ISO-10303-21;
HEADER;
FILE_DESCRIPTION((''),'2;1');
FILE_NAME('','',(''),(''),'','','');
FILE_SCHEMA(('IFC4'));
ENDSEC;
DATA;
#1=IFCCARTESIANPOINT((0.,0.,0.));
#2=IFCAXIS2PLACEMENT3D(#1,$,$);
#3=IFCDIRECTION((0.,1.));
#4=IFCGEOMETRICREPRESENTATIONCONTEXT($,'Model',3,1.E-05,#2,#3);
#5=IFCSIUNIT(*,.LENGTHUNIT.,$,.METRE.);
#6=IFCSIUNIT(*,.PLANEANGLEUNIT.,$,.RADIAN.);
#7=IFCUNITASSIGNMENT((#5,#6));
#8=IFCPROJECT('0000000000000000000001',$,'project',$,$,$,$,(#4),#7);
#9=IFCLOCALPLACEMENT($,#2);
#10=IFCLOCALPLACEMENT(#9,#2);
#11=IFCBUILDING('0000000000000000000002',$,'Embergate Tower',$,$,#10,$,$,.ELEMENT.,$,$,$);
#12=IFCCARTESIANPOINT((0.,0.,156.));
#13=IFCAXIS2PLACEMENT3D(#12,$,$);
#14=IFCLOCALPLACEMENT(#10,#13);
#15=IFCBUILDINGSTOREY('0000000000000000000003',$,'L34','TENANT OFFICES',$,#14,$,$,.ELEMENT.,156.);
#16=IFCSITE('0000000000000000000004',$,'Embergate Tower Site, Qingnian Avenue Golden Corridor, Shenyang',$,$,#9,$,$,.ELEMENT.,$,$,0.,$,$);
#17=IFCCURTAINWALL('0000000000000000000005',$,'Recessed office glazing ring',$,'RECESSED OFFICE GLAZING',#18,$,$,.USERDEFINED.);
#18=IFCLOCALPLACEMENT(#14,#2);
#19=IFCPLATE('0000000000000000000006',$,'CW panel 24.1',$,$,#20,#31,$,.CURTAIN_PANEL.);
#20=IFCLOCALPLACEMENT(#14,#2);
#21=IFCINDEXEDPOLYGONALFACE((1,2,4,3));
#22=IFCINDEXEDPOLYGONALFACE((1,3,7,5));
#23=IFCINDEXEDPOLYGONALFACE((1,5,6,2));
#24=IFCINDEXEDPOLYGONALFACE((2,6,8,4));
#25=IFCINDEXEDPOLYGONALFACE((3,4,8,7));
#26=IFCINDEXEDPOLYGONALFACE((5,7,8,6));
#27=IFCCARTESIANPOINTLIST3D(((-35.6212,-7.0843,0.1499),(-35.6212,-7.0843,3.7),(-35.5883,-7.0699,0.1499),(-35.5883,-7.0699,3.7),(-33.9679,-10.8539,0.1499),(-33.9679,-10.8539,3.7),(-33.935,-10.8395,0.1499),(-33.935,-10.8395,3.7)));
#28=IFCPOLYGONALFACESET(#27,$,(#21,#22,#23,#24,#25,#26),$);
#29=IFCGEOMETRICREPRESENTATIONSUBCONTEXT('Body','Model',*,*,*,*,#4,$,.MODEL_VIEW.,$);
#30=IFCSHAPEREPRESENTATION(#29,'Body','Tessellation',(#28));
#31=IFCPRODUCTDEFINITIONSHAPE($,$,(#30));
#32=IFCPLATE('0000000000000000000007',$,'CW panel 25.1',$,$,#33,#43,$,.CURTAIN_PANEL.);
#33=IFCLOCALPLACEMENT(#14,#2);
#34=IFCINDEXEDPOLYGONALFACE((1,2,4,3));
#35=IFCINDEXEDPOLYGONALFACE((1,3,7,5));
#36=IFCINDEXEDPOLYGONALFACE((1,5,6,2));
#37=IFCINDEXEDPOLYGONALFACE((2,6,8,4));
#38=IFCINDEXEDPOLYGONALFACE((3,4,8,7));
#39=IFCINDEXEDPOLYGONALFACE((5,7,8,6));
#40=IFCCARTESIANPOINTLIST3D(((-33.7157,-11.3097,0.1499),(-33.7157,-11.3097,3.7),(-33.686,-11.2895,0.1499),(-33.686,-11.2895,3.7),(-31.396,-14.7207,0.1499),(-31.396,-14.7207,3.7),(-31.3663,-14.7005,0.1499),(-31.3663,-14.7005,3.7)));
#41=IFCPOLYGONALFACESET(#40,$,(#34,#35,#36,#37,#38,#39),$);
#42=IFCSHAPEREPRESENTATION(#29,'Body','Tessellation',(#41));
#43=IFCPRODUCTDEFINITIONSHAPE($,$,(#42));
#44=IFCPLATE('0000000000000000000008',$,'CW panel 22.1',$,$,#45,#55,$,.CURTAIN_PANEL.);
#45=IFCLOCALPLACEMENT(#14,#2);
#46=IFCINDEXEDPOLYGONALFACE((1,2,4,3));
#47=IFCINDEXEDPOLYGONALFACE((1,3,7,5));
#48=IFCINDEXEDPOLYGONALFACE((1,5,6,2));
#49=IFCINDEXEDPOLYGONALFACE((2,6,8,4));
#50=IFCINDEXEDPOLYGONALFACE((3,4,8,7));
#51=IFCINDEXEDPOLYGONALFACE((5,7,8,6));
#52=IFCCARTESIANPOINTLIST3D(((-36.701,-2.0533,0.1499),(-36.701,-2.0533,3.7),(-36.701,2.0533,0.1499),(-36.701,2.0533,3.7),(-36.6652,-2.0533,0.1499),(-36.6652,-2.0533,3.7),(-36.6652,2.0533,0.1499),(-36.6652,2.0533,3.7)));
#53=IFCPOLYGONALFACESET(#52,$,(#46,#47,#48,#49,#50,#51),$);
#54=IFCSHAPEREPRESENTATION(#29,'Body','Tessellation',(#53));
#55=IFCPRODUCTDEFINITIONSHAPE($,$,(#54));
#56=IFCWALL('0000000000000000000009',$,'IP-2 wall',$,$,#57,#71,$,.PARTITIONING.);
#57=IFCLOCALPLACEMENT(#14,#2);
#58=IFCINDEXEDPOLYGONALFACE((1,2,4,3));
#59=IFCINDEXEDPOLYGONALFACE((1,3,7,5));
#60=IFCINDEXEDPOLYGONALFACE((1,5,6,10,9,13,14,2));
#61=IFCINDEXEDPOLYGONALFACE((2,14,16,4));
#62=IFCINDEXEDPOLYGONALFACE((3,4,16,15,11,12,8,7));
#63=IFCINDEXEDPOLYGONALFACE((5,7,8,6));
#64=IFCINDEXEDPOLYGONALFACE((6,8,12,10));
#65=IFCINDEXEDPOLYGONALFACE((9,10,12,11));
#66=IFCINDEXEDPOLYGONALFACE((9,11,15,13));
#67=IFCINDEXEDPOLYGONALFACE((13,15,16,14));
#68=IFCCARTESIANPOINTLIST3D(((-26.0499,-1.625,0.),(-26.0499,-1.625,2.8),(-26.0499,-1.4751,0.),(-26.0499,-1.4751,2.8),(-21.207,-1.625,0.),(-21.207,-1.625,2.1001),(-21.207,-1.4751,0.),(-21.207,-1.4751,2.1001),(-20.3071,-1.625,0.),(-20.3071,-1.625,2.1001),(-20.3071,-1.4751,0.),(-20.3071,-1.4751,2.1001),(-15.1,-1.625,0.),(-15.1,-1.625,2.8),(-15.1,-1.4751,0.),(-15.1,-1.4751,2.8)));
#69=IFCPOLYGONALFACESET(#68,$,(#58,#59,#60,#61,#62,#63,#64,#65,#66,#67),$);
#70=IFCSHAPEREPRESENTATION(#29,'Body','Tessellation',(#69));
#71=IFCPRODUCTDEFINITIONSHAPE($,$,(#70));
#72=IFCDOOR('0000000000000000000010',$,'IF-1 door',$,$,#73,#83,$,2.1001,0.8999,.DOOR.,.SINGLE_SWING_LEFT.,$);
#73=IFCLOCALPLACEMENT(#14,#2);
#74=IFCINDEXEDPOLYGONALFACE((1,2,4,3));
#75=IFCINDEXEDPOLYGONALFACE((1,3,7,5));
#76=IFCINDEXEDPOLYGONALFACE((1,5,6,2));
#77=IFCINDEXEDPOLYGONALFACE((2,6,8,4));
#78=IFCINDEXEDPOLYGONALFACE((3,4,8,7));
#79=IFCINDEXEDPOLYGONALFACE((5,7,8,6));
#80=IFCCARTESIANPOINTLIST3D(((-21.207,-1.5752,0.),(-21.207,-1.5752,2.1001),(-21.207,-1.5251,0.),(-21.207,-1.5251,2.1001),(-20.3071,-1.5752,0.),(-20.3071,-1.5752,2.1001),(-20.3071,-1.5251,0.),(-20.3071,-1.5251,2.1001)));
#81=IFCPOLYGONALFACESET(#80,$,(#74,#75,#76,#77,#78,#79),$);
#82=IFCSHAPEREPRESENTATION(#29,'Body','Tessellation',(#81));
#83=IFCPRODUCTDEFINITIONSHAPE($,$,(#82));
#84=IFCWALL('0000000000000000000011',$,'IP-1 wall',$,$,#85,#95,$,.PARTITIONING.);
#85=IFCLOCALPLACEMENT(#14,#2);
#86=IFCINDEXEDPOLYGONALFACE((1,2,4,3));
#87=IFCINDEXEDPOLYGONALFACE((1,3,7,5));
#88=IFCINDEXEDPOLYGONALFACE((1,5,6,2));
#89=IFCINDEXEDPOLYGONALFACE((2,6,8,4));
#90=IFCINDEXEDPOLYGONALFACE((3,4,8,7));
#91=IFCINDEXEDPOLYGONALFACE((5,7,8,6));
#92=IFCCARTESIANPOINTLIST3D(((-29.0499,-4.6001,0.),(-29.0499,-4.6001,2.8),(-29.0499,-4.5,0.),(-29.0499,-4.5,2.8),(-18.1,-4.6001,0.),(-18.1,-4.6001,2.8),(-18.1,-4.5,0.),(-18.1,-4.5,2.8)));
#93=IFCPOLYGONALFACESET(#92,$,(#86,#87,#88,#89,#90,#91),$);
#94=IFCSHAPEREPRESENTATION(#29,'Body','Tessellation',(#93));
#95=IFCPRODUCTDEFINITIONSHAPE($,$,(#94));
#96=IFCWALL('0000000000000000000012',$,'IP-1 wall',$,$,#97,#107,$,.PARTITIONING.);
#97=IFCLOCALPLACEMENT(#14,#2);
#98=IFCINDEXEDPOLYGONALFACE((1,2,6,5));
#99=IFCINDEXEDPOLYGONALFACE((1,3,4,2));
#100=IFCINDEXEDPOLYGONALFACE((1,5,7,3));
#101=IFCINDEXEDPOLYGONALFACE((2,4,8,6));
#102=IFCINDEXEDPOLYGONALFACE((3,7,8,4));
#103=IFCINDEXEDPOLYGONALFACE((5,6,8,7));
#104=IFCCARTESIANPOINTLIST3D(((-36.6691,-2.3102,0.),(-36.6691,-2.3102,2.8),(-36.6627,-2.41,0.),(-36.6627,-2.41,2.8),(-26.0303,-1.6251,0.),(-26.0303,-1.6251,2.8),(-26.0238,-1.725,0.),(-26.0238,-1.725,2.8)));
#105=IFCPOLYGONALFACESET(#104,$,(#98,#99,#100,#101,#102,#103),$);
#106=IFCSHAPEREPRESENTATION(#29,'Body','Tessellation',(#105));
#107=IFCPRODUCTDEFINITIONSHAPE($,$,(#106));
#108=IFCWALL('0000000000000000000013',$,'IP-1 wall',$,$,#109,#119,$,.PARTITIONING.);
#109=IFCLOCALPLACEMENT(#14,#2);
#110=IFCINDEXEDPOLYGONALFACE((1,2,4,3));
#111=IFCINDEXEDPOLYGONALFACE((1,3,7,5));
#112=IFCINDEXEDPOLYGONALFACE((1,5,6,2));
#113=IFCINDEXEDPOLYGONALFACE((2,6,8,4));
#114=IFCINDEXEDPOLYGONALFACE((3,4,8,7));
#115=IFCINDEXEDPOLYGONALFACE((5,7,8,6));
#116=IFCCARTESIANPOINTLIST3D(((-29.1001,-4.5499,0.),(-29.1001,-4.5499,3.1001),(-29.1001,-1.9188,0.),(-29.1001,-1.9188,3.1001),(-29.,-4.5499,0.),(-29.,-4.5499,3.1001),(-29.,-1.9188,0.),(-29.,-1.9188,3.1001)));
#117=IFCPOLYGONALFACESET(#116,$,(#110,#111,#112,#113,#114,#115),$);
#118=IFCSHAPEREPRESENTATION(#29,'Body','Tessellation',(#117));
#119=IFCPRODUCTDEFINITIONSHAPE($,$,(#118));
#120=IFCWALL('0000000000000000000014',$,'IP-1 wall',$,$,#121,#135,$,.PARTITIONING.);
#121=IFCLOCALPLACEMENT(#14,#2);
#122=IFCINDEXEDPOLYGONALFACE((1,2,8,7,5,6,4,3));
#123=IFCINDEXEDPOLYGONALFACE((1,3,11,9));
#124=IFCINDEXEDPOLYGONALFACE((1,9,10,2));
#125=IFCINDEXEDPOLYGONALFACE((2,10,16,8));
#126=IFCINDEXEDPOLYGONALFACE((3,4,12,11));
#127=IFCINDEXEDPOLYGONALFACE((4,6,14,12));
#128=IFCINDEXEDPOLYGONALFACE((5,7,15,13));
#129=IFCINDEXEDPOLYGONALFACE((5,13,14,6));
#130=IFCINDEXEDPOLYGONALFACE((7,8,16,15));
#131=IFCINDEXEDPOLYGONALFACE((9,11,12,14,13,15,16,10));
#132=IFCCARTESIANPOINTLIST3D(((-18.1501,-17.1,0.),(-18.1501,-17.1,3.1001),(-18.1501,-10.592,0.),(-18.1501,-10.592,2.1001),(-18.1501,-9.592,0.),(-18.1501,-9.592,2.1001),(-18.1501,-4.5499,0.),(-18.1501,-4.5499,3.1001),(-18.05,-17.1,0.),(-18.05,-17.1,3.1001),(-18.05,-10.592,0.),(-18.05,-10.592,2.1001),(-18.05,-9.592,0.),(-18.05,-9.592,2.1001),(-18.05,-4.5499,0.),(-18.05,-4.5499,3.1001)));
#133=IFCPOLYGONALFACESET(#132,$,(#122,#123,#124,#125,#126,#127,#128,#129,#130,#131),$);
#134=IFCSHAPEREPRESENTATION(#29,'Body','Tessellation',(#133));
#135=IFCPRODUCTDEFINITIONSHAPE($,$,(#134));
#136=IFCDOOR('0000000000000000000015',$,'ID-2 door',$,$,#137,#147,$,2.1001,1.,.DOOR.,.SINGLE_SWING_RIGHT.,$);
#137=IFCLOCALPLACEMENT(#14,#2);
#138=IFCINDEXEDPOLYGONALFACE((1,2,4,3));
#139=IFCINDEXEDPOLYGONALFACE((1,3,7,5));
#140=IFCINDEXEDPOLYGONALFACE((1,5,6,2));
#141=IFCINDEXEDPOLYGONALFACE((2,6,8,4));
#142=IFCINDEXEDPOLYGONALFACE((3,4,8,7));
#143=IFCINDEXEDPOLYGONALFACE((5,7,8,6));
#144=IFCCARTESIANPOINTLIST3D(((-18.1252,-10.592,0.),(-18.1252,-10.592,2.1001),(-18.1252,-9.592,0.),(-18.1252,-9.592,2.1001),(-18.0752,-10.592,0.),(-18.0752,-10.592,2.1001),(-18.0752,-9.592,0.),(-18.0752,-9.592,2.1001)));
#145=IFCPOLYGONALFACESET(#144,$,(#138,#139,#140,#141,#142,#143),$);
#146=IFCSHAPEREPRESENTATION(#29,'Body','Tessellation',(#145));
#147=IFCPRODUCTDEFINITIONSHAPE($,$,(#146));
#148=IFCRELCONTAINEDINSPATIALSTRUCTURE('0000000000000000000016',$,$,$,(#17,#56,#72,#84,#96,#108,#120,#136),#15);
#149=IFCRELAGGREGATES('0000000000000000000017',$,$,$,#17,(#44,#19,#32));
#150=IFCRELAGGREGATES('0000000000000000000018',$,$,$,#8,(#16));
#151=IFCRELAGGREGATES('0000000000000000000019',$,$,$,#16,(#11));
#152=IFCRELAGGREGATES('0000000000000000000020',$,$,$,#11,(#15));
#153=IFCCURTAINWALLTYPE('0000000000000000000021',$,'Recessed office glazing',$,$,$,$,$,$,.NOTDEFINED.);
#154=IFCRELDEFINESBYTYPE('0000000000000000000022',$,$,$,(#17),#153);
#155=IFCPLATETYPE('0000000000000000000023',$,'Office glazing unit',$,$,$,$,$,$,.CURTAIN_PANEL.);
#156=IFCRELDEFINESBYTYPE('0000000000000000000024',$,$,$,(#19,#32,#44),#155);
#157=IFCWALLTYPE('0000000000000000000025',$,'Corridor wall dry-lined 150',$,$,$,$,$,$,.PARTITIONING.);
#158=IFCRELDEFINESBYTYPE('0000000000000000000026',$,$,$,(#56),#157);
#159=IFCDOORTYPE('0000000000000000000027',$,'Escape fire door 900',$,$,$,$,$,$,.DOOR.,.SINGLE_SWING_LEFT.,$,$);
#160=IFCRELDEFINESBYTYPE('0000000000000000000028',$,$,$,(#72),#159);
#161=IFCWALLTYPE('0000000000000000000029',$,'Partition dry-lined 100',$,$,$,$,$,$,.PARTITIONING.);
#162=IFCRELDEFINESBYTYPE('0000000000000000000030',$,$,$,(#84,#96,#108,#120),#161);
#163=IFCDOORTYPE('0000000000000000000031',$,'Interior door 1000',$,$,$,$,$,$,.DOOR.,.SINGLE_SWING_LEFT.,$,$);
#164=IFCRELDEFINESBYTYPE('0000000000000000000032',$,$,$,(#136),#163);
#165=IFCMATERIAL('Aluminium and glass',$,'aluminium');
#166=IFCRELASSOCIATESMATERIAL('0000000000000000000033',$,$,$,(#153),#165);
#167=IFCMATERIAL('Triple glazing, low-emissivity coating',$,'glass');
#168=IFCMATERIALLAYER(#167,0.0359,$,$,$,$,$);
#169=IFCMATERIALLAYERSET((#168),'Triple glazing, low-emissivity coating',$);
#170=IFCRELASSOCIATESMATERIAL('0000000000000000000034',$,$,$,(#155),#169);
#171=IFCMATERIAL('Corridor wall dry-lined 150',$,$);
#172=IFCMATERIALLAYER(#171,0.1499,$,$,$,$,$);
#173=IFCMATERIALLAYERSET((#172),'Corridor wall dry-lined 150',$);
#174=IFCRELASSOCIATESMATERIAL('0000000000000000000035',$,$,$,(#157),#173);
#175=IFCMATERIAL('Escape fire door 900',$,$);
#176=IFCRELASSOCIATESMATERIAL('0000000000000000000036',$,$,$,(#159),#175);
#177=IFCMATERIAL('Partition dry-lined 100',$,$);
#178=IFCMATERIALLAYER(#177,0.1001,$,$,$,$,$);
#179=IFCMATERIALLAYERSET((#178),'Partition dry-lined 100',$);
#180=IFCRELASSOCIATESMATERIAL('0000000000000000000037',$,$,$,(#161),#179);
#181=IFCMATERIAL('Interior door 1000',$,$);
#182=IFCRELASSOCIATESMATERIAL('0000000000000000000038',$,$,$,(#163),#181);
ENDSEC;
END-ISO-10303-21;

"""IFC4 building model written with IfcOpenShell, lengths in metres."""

from ifc_helpers import new_model, si_unit, direction, frame, frame_2d, origin, origin_2d, place, context, subcontext, project, spatial, rectangle, extrude, source, transform, mapped, material, layer, layer_set, type_object, element, fill, aggregate, save


model = new_model("IFC4")

# Units and contexts
model_context = context("Model", 3, precision=1e-05, world=origin(), true_north=direction((0.0, 1.0)))
body_context = subcontext(model_context, "Body", "Model", "MODEL_VIEW")
ifc_project = project(units=[si_unit("LENGTHUNIT", "METRE"), si_unit("PLANEANGLEUNIT", "RADIAN")], contexts=[model_context])

# Site, building, storey
site_placement = place(None, origin())
site = spatial("IfcSite", under=ifc_project, at=site_placement, Name="Embergate Tower Site, Qingnian Avenue Golden Corridor, Shenyang", CompositionType="ELEMENT", RefElevation=0.0)
building_placement = place(site_placement, origin())
building = spatial("IfcBuilding", under=site, at=building_placement, Name="Embergate Tower", CompositionType="ELEMENT")
storey_placement = place(building_placement, frame((0.0, 0.0, 156.0)))
storey = spatial("IfcBuildingStorey", under=building, at=storey_placement, Name="L34", Description="TENANT OFFICES", CompositionType="ELEMENT", Elevation=156.0)

# Curtain wall, plates
ifc_material_1 = material(Name="Aluminium and glass", Category="aluminium")
curtain_wall_type = type_object("IfcCurtainWallType", Name="Recessed office glazing", PredefinedType="NOTDEFINED", material=ifc_material_1)
curtain_wall_placement = place(storey_placement, origin())
curtain_wall = element("IfcCurtainWall", 1, at=curtain_wall_placement, inside=storey, type_object=curtain_wall_type, Name="Recessed office glazing ring", ObjectType="RECESSED OFFICE GLAZING", PredefinedType="USERDEFINED")
ifc_material_2 = material(Name="Triple glazing, low-emissivity coating", Category="glass")
ifc_layer_1 = layer(ifc_material_2, 0.0359)
ifc_layer_set_1 = layer_set([ifc_layer_1], Name="Triple glazing, low-emissivity coating")
plate_type = type_object("IfcPlateType", Name="Office glazing unit", PredefinedType="CURTAIN_PANEL", material=ifc_layer_set_1)
shared_shape_1 = source(origin(), body_context, "Body", "SweptSolid", [
    extrude(rectangle(XDim=4.1162, YDim=0.0359, at=origin_2d()), origin(), (0.0, 0.0, 1.0), 3.55),
])
plate_1_placement = place(storey_placement, frame((-34.7781, -8.9619, 0.1499), z_axis=(0.0, 0.0, 1.0), x_axis=(0.401652, -0.915792, 0.0)))
plate_1 = element("IfcPlate", 2, at=plate_1_placement, type_object=plate_type, Name="CW panel 24.1", PredefinedType="CURTAIN_PANEL", context=body_context, shape_type="MappedRepresentation", body=[
    mapped(shared_shape_1, transform((0.0, 0.0, 0.0))),
])
shared_shape_2 = source(origin(), body_context, "Body", "SweptSolid", [
    extrude(rectangle(XDim=4.125, YDim=0.0359, at=origin_2d()), origin(), (0.0, 0.0, 1.0), 3.55),
])
plate_2_placement = place(storey_placement, frame((-32.541, -13.0051, 0.1499), z_axis=(0.0, 0.0, 1.0), x_axis=(0.562342, -0.826905, 0.0)))
plate_2 = element("IfcPlate", 3, at=plate_2_placement, type_object=plate_type, Name="CW panel 25.1", PredefinedType="CURTAIN_PANEL", context=body_context, shape_type="MappedRepresentation", body=[
    mapped(shared_shape_2, transform((0.0, 0.0, 0.0))),
])
shared_shape_3 = source(origin(), body_context, "Body", "SweptSolid", [
    extrude(rectangle(XDim=4.1067, YDim=0.0359, at=origin_2d()), origin(), (0.0, 0.0, 1.0), 3.55),
])
plate_3_placement = place(storey_placement, frame((-36.6831, 0.0, 0.1499), z_axis=(0.0, 0.0, 1.0), x_axis=(0.0, -1.0, 0.0)))
plate_3 = element("IfcPlate", 4, at=plate_3_placement, type_object=plate_type, Name="CW panel 22.1", PredefinedType="CURTAIN_PANEL", context=body_context, shape_type="MappedRepresentation", body=[
    mapped(shared_shape_3, transform((0.0, 0.0, 0.0))),
])
aggregate(curtain_wall, [plate_3, plate_1, plate_2])

# Wall, opening, door
ifc_material_3 = material(Name="Corridor wall dry-lined 150")
ifc_layer_2 = layer(ifc_material_3, 0.1499)
ifc_layer_set_2 = layer_set([ifc_layer_2], Name="Corridor wall dry-lined 150")
wall_type_1 = type_object("IfcWallType", Name="Corridor wall dry-lined 150", PredefinedType="PARTITIONING", material=ifc_layer_set_2)
shared_shape_4 = source(origin(), body_context, "Body", "SweptSolid", [
    extrude(rectangle(XDim=10.95, YDim=0.1499, at=frame_2d((5.4751, 0.0))), origin(), (0.0, 0.0, 1.0), 2.8),
])
wall_1_placement = place(storey_placement, frame((-26.05, -1.55, 0.0), z_axis=(0.0, 0.0, 1.0), x_axis=(1.0, 0.0, 0.0)))
wall_1 = element("IfcWall", 5, at=wall_1_placement, inside=storey, type_object=wall_type_1, Name="IP-2 wall", PredefinedType="PARTITIONING", context=body_context, shape_type="MappedRepresentation", body=[
    mapped(shared_shape_4, transform((0.0, 0.0, 0.0))),
])
shared_shape_5 = source(origin(), body_context, "Body", "SweptSolid", [
    extrude(rectangle(XDim=0.8999, YDim=2.1001, at=frame_2d((0.45, 1.05))), frame((0.0, 0.085, 0.0), z_axis=(0.0, -1.0, 0.0), x_axis=(1.0, 0.0, 0.0)), (0.0, 0.0, 1.0), 0.1699),
])
opening_1_placement = place(wall_1_placement, frame((4.843, 0.0, 0.0)))
opening_1 = element("IfcOpeningElement", 6, at=opening_1_placement, cuts=wall_1, PredefinedType="OPENING", context=body_context, shape_type="MappedRepresentation", body=[
    mapped(shared_shape_5, transform((0.0, 0.0, 0.0))),
])
ifc_material_4 = material(Name="Escape fire door 900")
door_type_1 = type_object("IfcDoorType", Name="Escape fire door 900", OperationType="SINGLE_SWING_LEFT", PredefinedType="DOOR", material=ifc_material_4)
shared_shape_6 = source(origin(), body_context, "Body", "SweptSolid", [
    extrude(rectangle(XDim=0.8999, YDim=2.1001, at=frame_2d((0.45, 1.05))), frame((0.0, 0.0249, 0.0), z_axis=(0.0, -1.0, 0.0), x_axis=(1.0, 0.0, 0.0)), (0.0, 0.0, 1.0), 0.05),
])
door_1_placement = place(opening_1_placement, origin())
door_1 = element("IfcDoor", 7, at=door_1_placement, inside=storey, type_object=door_type_1, Name="IF-1 door", OperationType="SINGLE_SWING_LEFT", OverallHeight=2.1001, OverallWidth=0.8999, PredefinedType="DOOR", context=body_context, shape_type="MappedRepresentation", body=[
    mapped(shared_shape_6, transform((0.0, 0.0, 0.0))),
])
fill(opening_1, door_1)

# Walls
ifc_material_5 = material(Name="Partition dry-lined 100")
ifc_layer_3 = layer(ifc_material_5, 0.1001)
ifc_layer_set_3 = layer_set([ifc_layer_3], Name="Partition dry-lined 100")
wall_type_2 = type_object("IfcWallType", Name="Partition dry-lined 100", PredefinedType="PARTITIONING", material=ifc_layer_set_3)
shared_shape_7 = source(origin(), body_context, "Body", "SweptSolid", [
    extrude(rectangle(XDim=10.95, YDim=0.1001, at=frame_2d((5.4751, 0.0))), origin(), (0.0, 0.0, 1.0), 2.8),
])
wall_2_placement = place(storey_placement, frame((-29.05, -4.55, 0.0), z_axis=(0.0, 0.0, 1.0), x_axis=(1.0, 0.0, 0.0)))
element("IfcWall", 8, at=wall_2_placement, inside=storey, type_object=wall_type_2, Name="IP-1 wall", PredefinedType="PARTITIONING", context=body_context, shape_type="MappedRepresentation", body=[
    mapped(shared_shape_7, transform((0.0, 0.0, 0.0))),
])
shared_shape_8 = source(origin(), body_context, "Body", "SweptSolid", [
    extrude(rectangle(XDim=10.6609, YDim=0.1001, at=frame_2d((5.3306, 0.0))), origin(), (0.0, 0.0, 1.0), 2.8),
])
wall_3_placement = place(storey_placement, frame((-36.666, -2.3601, 0.0), z_axis=(0.0, 0.0, 1.0), x_axis=(0.997933, 0.064259, 0.0)))
element("IfcWall", 9, at=wall_3_placement, inside=storey, type_object=wall_type_2, Name="IP-1 wall", PredefinedType="PARTITIONING", context=body_context, shape_type="MappedRepresentation", body=[
    mapped(shared_shape_8, transform((0.0, 0.0, 0.0))),
])
shared_shape_9 = source(origin(), body_context, "Body", "SweptSolid", [
    extrude(rectangle(XDim=2.6311, YDim=0.1001, at=frame_2d((1.3154, 0.0))), origin(), (0.0, 0.0, 1.0), 3.1001),
])
wall_4_placement = place(storey_placement, frame((-29.05, -1.9189, 0.0), z_axis=(0.0, 0.0, 1.0), x_axis=(0.0, -1.0, 0.0)))
element("IfcWall", 10, at=wall_4_placement, inside=storey, type_object=wall_type_2, Name="IP-1 wall", PredefinedType="PARTITIONING", context=body_context, shape_type="MappedRepresentation", body=[
    mapped(shared_shape_9, transform((0.0, 0.0, 0.0))),
])

# Wall, opening, door
shared_shape_10 = source(origin(), body_context, "Body", "SweptSolid", [
    extrude(rectangle(XDim=12.55, YDim=0.1001, at=frame_2d((6.2749, 0.0))), origin(), (0.0, 0.0, 1.0), 3.1001),
])
wall_5_placement = place(storey_placement, frame((-18.1001, -4.55, 0.0), z_axis=(0.0, 0.0, 1.0), x_axis=(0.0, -1.0, 0.0)))
wall_5 = element("IfcWall", 11, at=wall_5_placement, inside=storey, type_object=wall_type_2, Name="IP-1 wall", PredefinedType="PARTITIONING", context=body_context, shape_type="MappedRepresentation", body=[
    mapped(shared_shape_10, transform((0.0, 0.0, 0.0))),
])
shared_shape_11 = source(origin(), body_context, "Body", "SweptSolid", [
    extrude(rectangle(XDim=1.0, YDim=2.1001, at=frame_2d((0.5, 1.05))), frame((0.0, 0.0601, 0.0), z_axis=(0.0, -1.0, 0.0), x_axis=(1.0, 0.0, 0.0)), (0.0, 0.0, 1.0), 0.1201),
])
opening_2_placement = place(wall_5_placement, frame((5.042, 0.0, 0.0)))
opening_2 = element("IfcOpeningElement", 12, at=opening_2_placement, cuts=wall_5, PredefinedType="OPENING", context=body_context, shape_type="MappedRepresentation", body=[
    mapped(shared_shape_11, transform((0.0, 0.0, 0.0))),
])
ifc_material_6 = material(Name="Interior door 1000")
door_type_2 = type_object("IfcDoorType", Name="Interior door 1000", OperationType="SINGLE_SWING_LEFT", PredefinedType="DOOR", material=ifc_material_6)
shared_shape_12 = source(origin(), body_context, "Body", "SweptSolid", [
    extrude(rectangle(XDim=1.0, YDim=2.1001, at=frame_2d((0.5, 1.05))), frame((0.0, 0.0249, 0.0), z_axis=(0.0, -1.0, 0.0), x_axis=(1.0, 0.0, 0.0)), (0.0, 0.0, 1.0), 0.05),
])
door_2_placement = place(opening_2_placement, origin())
door_2 = element("IfcDoor", 13, at=door_2_placement, inside=storey, type_object=door_type_2, Name="ID-2 door", OperationType="SINGLE_SWING_RIGHT", OverallHeight=2.1001, OverallWidth=1.0, PredefinedType="DOOR", context=body_context, shape_type="MappedRepresentation", body=[
    mapped(shared_shape_12, transform((0.0, 0.0, 0.0))),
])
fill(opening_2, door_2)

save(model, "model.ifc")
